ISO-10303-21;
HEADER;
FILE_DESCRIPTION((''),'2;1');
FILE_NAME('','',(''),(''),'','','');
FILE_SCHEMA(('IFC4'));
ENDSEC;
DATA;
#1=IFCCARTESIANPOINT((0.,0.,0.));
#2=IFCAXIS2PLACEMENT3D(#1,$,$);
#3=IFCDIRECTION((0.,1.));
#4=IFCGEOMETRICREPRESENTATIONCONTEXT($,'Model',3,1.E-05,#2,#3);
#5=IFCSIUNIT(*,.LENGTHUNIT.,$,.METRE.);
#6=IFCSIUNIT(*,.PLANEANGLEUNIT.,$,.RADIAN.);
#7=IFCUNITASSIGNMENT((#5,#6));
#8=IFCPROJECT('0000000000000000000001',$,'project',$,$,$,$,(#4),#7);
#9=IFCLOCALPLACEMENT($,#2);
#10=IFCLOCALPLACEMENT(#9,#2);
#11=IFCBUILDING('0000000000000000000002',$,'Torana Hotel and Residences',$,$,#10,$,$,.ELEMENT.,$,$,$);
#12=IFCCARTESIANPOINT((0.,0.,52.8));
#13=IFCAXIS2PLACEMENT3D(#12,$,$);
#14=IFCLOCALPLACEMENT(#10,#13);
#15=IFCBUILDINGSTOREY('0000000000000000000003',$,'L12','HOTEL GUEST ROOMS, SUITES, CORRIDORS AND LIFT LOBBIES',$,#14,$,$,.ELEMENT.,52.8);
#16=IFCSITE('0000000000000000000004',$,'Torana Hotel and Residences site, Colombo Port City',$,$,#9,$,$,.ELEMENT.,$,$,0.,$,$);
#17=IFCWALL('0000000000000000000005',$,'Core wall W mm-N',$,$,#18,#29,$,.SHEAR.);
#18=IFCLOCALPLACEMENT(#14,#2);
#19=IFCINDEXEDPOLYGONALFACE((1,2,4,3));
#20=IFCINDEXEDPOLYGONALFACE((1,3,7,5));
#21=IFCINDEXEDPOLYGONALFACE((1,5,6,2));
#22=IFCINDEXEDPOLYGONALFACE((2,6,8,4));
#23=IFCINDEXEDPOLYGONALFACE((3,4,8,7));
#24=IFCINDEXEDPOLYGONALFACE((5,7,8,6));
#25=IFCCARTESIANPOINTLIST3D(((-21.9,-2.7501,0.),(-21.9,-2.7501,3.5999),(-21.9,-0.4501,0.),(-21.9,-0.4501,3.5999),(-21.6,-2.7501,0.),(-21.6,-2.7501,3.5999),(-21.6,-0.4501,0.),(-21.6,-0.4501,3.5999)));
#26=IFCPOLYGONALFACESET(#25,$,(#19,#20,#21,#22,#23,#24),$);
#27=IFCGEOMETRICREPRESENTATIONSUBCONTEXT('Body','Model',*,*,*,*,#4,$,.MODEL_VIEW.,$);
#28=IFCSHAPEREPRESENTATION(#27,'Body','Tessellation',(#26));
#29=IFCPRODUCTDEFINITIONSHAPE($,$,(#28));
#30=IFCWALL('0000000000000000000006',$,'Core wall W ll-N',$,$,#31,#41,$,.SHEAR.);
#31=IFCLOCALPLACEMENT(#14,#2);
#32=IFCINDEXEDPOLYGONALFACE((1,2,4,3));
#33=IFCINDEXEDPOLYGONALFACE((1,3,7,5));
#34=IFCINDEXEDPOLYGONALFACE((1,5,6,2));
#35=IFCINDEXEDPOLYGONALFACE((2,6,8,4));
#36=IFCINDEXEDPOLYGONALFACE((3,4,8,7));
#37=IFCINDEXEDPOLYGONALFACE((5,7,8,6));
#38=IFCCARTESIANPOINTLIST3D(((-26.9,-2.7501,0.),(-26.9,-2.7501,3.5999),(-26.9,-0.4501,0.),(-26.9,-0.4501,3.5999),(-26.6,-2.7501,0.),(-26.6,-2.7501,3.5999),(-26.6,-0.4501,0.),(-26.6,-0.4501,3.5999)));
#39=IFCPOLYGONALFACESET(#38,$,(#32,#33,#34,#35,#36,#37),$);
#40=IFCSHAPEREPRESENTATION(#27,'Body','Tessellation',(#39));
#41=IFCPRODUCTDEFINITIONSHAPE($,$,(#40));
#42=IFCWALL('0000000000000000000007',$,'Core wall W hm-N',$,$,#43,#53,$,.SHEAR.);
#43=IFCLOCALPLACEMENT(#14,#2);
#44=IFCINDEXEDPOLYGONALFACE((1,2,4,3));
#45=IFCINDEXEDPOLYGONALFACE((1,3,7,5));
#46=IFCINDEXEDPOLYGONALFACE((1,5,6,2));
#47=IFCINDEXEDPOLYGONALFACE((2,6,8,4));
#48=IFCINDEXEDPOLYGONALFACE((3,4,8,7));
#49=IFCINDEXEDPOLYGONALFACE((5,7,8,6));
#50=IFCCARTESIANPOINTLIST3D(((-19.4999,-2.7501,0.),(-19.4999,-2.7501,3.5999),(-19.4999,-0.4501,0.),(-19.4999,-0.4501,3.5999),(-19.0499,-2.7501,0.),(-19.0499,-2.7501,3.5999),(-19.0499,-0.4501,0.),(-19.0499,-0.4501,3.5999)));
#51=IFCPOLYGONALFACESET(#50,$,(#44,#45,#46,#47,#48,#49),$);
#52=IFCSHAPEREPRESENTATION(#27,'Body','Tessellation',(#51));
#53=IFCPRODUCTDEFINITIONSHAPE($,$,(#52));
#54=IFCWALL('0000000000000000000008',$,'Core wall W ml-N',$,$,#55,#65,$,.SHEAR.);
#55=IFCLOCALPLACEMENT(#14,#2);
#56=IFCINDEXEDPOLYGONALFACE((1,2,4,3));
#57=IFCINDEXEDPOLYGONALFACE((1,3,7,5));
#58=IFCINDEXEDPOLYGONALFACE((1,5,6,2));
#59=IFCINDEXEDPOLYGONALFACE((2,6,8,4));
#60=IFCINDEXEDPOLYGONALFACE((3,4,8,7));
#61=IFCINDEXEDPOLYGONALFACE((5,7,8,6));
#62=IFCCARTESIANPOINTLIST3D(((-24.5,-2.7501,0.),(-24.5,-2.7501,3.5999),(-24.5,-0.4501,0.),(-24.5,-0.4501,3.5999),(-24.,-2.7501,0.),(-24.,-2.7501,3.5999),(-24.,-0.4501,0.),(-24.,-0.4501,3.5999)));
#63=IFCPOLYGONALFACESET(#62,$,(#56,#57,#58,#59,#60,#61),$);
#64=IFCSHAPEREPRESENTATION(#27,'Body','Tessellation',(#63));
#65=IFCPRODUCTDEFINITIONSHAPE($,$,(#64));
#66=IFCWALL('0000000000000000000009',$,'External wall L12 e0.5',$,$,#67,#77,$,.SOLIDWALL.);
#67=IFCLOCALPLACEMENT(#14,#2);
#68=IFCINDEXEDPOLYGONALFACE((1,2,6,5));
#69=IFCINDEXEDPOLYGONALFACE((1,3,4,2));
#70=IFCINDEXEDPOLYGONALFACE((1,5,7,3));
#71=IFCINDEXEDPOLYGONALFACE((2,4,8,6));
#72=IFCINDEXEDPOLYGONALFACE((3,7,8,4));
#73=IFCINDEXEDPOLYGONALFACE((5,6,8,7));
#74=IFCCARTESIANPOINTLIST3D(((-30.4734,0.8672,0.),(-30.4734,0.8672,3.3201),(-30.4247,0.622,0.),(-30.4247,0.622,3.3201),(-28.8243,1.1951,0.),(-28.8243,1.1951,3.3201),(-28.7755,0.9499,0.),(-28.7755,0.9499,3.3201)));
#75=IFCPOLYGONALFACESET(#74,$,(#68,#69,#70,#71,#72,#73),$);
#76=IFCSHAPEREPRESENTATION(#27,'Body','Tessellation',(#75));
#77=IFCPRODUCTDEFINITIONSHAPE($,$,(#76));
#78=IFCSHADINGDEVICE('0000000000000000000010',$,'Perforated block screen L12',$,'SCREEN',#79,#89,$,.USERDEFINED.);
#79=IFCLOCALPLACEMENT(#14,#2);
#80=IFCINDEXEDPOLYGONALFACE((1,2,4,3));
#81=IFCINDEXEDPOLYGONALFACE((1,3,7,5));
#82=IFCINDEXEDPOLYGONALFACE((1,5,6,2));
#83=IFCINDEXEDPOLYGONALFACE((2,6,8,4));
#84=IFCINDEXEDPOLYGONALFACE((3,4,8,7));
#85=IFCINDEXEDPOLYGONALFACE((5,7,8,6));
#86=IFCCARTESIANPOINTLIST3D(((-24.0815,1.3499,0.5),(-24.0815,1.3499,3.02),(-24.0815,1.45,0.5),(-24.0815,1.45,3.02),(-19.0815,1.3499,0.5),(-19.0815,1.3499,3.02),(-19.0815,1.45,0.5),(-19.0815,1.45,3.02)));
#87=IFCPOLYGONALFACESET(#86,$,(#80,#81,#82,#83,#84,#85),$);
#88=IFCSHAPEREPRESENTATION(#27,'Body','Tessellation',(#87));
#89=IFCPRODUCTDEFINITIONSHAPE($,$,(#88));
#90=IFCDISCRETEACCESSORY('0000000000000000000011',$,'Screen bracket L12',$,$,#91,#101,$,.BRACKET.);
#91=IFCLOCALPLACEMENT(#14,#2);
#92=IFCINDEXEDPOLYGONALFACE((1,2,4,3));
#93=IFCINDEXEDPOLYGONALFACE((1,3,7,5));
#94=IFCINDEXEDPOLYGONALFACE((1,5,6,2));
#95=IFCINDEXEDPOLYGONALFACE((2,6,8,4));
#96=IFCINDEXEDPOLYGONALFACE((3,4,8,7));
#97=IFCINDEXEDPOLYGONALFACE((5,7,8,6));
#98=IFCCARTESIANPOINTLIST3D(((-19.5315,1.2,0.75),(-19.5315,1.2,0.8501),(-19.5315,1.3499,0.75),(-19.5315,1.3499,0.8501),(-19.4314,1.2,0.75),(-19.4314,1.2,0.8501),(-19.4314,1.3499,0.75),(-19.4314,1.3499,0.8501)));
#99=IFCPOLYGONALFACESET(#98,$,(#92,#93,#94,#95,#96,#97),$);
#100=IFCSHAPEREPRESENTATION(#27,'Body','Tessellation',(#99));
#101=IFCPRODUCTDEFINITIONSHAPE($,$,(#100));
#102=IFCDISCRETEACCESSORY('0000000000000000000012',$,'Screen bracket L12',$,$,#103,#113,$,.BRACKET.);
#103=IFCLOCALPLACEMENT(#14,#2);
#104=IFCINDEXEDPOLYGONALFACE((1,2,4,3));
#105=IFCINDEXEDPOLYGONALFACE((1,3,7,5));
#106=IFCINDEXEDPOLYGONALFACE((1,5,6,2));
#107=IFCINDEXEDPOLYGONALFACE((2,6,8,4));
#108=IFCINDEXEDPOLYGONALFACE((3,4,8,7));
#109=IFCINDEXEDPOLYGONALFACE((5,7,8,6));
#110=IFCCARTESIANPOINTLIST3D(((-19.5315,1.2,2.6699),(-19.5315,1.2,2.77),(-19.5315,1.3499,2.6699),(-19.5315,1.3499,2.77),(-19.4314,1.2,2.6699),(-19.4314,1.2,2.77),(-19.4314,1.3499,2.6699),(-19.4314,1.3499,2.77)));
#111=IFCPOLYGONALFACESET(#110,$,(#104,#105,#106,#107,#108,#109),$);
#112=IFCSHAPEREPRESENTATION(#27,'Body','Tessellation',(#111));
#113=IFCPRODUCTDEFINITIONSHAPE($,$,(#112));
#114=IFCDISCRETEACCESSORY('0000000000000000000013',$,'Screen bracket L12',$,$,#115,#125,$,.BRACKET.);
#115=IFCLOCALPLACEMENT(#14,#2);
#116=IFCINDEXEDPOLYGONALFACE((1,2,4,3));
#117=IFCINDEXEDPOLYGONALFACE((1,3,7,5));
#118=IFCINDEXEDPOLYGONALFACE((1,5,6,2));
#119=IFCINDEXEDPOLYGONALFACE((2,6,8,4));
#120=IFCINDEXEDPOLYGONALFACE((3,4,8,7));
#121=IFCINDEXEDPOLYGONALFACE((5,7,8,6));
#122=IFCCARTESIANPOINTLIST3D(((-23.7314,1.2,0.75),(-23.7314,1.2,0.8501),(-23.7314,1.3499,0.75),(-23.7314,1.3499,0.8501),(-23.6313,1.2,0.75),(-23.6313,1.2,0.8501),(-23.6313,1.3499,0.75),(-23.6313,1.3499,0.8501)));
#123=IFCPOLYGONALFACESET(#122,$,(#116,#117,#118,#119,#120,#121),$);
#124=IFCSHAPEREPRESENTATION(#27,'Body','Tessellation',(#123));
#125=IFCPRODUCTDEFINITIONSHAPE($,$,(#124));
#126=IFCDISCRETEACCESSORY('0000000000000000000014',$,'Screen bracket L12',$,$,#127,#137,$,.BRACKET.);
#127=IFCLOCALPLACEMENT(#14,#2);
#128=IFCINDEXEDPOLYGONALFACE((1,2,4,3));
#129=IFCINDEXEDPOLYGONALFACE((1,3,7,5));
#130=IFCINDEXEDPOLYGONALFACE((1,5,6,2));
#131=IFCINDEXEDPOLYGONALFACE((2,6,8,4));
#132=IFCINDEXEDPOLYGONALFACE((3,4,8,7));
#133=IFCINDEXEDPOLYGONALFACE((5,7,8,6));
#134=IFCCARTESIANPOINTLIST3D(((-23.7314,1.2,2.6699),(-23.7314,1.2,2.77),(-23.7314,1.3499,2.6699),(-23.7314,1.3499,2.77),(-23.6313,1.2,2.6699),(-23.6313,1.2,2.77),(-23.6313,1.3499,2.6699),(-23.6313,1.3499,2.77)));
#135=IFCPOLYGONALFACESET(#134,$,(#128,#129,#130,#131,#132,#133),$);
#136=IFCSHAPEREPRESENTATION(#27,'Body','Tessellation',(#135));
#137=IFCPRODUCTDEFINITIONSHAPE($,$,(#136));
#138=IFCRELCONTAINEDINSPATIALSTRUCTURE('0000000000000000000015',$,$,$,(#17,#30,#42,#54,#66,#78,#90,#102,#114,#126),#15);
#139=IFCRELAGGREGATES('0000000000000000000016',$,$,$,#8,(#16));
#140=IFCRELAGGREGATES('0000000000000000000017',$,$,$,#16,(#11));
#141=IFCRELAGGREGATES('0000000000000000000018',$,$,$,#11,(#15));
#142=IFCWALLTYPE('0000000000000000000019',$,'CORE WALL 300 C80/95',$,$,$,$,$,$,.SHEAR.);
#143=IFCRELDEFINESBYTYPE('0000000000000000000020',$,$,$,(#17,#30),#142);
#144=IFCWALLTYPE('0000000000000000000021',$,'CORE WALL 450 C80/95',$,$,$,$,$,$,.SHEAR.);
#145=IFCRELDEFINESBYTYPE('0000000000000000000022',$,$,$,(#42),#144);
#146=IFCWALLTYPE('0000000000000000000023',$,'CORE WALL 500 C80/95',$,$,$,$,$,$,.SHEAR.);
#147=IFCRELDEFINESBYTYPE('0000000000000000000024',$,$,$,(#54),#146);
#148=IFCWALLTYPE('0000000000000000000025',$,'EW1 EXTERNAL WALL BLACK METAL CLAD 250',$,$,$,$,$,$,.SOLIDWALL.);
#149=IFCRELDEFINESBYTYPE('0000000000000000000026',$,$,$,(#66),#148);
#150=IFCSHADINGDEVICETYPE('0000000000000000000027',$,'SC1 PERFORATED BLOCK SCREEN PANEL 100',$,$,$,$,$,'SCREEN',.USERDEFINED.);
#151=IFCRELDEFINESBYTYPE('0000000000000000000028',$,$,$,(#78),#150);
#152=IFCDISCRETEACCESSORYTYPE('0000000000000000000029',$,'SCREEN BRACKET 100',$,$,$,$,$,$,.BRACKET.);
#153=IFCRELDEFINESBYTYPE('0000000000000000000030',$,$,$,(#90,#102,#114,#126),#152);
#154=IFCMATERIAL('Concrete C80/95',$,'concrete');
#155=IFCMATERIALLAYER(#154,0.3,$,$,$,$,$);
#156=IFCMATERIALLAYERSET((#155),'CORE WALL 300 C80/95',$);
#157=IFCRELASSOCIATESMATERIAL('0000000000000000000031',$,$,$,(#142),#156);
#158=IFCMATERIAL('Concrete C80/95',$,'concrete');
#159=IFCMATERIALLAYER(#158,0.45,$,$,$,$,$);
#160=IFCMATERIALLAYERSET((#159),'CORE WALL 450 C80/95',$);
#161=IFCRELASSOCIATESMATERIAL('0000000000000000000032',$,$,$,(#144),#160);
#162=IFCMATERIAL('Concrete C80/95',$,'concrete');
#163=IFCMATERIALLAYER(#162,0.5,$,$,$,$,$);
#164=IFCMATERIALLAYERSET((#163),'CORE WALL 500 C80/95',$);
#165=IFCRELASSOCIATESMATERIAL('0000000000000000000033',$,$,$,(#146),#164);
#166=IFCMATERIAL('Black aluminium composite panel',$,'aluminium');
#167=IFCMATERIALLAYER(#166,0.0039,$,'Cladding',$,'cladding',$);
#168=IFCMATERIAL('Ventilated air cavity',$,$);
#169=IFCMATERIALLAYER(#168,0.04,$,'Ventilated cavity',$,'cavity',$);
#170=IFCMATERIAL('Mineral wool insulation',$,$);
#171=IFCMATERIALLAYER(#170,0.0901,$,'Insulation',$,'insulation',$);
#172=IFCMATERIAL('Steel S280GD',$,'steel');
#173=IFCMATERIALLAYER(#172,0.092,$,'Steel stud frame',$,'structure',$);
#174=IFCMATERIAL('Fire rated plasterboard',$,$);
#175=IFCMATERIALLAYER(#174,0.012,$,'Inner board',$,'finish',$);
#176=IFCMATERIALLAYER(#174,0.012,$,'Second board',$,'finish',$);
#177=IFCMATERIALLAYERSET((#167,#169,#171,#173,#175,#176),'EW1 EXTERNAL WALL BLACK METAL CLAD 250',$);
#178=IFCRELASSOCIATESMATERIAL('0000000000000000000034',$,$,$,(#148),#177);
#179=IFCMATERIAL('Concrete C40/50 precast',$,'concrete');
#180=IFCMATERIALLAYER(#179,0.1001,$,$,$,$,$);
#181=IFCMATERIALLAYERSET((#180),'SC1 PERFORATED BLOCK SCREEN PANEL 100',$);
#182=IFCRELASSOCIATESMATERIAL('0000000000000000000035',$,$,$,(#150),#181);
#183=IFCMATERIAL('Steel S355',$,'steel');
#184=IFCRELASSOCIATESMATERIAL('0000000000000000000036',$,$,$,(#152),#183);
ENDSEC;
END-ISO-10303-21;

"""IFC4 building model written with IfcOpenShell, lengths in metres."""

from ifc_helpers import new_model, si_unit, direction, frame, frame_2d, origin, origin_2d, place, context, subcontext, project, spatial, rectangle, extrude, material, layer, layer_set, type_object, element, save


model = new_model("IFC4")

# Units and contexts
model_context = context("Model", 3, precision=1e-05, world=origin(), true_north=direction((0.0, 1.0)))
body_context = subcontext(model_context, "Body", "Model", "MODEL_VIEW")
ifc_project = project(units=[si_unit("LENGTHUNIT", "METRE"), si_unit("PLANEANGLEUNIT", "RADIAN")], contexts=[model_context])

# Site, building, storey
site_placement = place(None, origin())
site = spatial("IfcSite", under=ifc_project, at=site_placement, Name="Torana Hotel and Residences site, Colombo Port City", CompositionType="ELEMENT", RefElevation=0.0)
building_placement = place(site_placement, origin())
building = spatial("IfcBuilding", under=site, at=building_placement, Name="Torana Hotel and Residences", CompositionType="ELEMENT")
storey_placement = place(building_placement, frame((0.0, 0.0, 52.8)))
storey = spatial("IfcBuildingStorey", under=building, at=storey_placement, Name="L12", Description="HOTEL GUEST ROOMS, SUITES, CORRIDORS AND LIFT LOBBIES", CompositionType="ELEMENT", Elevation=52.8)

# Walls
ifc_material_1 = material(Name="Concrete C80/95", Category="concrete")
ifc_layer_1 = layer(ifc_material_1, 0.3)
ifc_layer_set_1 = layer_set([ifc_layer_1], Name="CORE WALL 300 C80/95")
wall_type_1 = type_object("IfcWallType", Name="CORE WALL 300 C80/95", PredefinedType="SHEAR", material=ifc_layer_set_1)
for number, where, z_axis, x_axis, name in (
    (1, (-21.75, -2.75, 0.0), (0.0, 0.0, 1.0), (0.0, 1.0, 0.0), "Core wall W mm-N"),
    (2, (-26.75, -2.75, 0.0), (0.0, 0.0, 1.0), (0.0, 1.0, 0.0), "Core wall W ll-N"),
):
    element("IfcWall", number, at=place(storey_placement, frame(where, z_axis=z_axis, x_axis=x_axis)), inside=storey, type_object=wall_type_1, Name=name, PredefinedType="SHEAR", context=body_context, shape_type="SweptSolid", body=[
        extrude(rectangle(XDim=2.3, YDim=0.3, at=frame_2d((1.1499, 0.0))), origin(), (0.0, 0.0, 1.0), 3.5999),
    ])
ifc_material_2 = material(Name="Concrete C80/95", Category="concrete")
ifc_layer_2 = layer(ifc_material_2, 0.45)
ifc_layer_set_2 = layer_set([ifc_layer_2], Name="CORE WALL 450 C80/95")
wall_type_2 = type_object("IfcWallType", Name="CORE WALL 450 C80/95", PredefinedType="SHEAR", material=ifc_layer_set_2)
wall_1_placement = place(storey_placement, frame((-19.2749, -2.75, 0.0), z_axis=(0.0, 0.0, 1.0), x_axis=(0.0, 1.0, 0.0)))
element("IfcWall", 3, at=wall_1_placement, inside=storey, type_object=wall_type_2, Name="Core wall W hm-N", PredefinedType="SHEAR", context=body_context, shape_type="SweptSolid", body=[
    extrude(rectangle(XDim=2.3, YDim=0.45, at=frame_2d((1.1499, 0.0))), origin(), (0.0, 0.0, 1.0), 3.5999),
])
ifc_material_3 = material(Name="Concrete C80/95", Category="concrete")
ifc_layer_3 = layer(ifc_material_3, 0.5)
ifc_layer_set_3 = layer_set([ifc_layer_3], Name="CORE WALL 500 C80/95")
wall_type_3 = type_object("IfcWallType", Name="CORE WALL 500 C80/95", PredefinedType="SHEAR", material=ifc_layer_set_3)
wall_2_placement = place(storey_placement, frame((-24.25, -2.75, 0.0), z_axis=(0.0, 0.0, 1.0), x_axis=(0.0, 1.0, 0.0)))
element("IfcWall", 4, at=wall_2_placement, inside=storey, type_object=wall_type_3, Name="Core wall W ml-N", PredefinedType="SHEAR", context=body_context, shape_type="SweptSolid", body=[
    extrude(rectangle(XDim=2.3, YDim=0.5, at=frame_2d((1.1499, 0.0))), origin(), (0.0, 0.0, 1.0), 3.5999),
])
ifc_material_4 = material(Name="Black aluminium composite panel", Category="aluminium")
ifc_layer_4 = layer(ifc_material_4, 0.0039, Name="Cladding", Category="cladding")
ifc_material_5 = material(Name="Ventilated air cavity")
ifc_layer_5 = layer(ifc_material_5, 0.04, Name="Ventilated cavity", Category="cavity")
ifc_material_6 = material(Name="Mineral wool insulation")
ifc_layer_6 = layer(ifc_material_6, 0.0901, Name="Insulation", Category="insulation")
ifc_material_7 = material(Name="Steel S280GD", Category="steel")
ifc_layer_7 = layer(ifc_material_7, 0.092, Name="Steel stud frame", Category="structure")
ifc_material_8 = material(Name="Fire rated plasterboard")
ifc_layer_8 = layer(ifc_material_8, 0.012, Name="Inner board", Category="finish")
ifc_layer_9 = layer(ifc_material_8, 0.012, Name="Second board", Category="finish")
ifc_layer_set_4 = layer_set([ifc_layer_4, ifc_layer_5, ifc_layer_6, ifc_layer_7, ifc_layer_8, ifc_layer_9], Name="EW1 EXTERNAL WALL BLACK METAL CLAD 250")
wall_type_4 = type_object("IfcWallType", Name="EW1 EXTERNAL WALL BLACK METAL CLAD 250", PredefinedType="SOLIDWALL", material=ifc_layer_set_4)
wall_3_placement = place(storey_placement, frame((-28.7998, 1.0725, 0.0), z_axis=(0.0, 0.0, 1.0), x_axis=(-0.980803, -0.194999, 0.0)))
element("IfcWall", 5, at=wall_3_placement, inside=storey, type_object=wall_type_4, Name="External wall L12 e0.5", PredefinedType="SOLIDWALL", context=body_context, shape_type="SweptSolid", body=[
    extrude(rectangle(XDim=1.6814, YDim=0.25, at=frame_2d((0.8408, 0.0))), origin(), (0.0, 0.0, 1.0), 3.3201),
])

# Shading device
ifc_material_9 = material(Name="Concrete C40/50 precast", Category="concrete")
ifc_layer_10 = layer(ifc_material_9, 0.1001)
ifc_layer_set_5 = layer_set([ifc_layer_10], Name="SC1 PERFORATED BLOCK SCREEN PANEL 100")
shading_device_type = type_object("IfcShadingDeviceType", Name="SC1 PERFORATED BLOCK SCREEN PANEL 100", ElementType="SCREEN", PredefinedType="USERDEFINED", material=ifc_layer_set_5)
shading_device_placement = place(storey_placement, frame((-21.5815, 1.3999, 0.5), z_axis=(0.0, 0.0, 1.0), x_axis=(-1.0, 0.0, 0.0)))
element("IfcShadingDevice", 6, at=shading_device_placement, inside=storey, type_object=shading_device_type, Name="Perforated block screen L12", ObjectType="SCREEN", PredefinedType="USERDEFINED", context=body_context, shape_type="SweptSolid", body=[
    extrude(rectangle(XDim=5.0, YDim=0.1001, at=origin_2d()), origin(), (0.0, 0.0, 1.0), 2.52),
])

# Discrete accessories
ifc_material_10 = material(Name="Steel S355", Category="steel")
discrete_accessory_type = type_object("IfcDiscreteAccessoryType", Name="SCREEN BRACKET 100", PredefinedType="BRACKET", material=ifc_material_10)
for number, where, z_axis, x_axis, name in (
    (7, (-19.4814, 1.2749, 0.75), (0.0, 0.0, 1.0), (-1.0, 0.0, 0.0), "Screen bracket L12"),
    (8, (-19.4814, 1.2749, 2.6699), (0.0, 0.0, 1.0), (-1.0, 0.0, 0.0), "Screen bracket L12"),
    (9, (-23.6814, 1.2749, 0.75), (0.0, 0.0, 1.0), (-1.0, 0.0, 0.0), "Screen bracket L12"),
    (10, (-23.6814, 1.2749, 2.6699), (0.0, 0.0, 1.0), (-1.0, 0.0, 0.0), "Screen bracket L12"),
):
    element("IfcDiscreteAccessory", number, at=place(storey_placement, frame(where, z_axis=z_axis, x_axis=x_axis)), inside=storey, type_object=discrete_accessory_type, Name=name, PredefinedType="BRACKET", context=body_context, shape_type="SweptSolid", body=[
        extrude(rectangle(XDim=0.1001, YDim=0.1499, at=origin_2d()), origin(), (0.0, 0.0, 1.0), 0.1001),
    ])

save(model, "model.ifc")
